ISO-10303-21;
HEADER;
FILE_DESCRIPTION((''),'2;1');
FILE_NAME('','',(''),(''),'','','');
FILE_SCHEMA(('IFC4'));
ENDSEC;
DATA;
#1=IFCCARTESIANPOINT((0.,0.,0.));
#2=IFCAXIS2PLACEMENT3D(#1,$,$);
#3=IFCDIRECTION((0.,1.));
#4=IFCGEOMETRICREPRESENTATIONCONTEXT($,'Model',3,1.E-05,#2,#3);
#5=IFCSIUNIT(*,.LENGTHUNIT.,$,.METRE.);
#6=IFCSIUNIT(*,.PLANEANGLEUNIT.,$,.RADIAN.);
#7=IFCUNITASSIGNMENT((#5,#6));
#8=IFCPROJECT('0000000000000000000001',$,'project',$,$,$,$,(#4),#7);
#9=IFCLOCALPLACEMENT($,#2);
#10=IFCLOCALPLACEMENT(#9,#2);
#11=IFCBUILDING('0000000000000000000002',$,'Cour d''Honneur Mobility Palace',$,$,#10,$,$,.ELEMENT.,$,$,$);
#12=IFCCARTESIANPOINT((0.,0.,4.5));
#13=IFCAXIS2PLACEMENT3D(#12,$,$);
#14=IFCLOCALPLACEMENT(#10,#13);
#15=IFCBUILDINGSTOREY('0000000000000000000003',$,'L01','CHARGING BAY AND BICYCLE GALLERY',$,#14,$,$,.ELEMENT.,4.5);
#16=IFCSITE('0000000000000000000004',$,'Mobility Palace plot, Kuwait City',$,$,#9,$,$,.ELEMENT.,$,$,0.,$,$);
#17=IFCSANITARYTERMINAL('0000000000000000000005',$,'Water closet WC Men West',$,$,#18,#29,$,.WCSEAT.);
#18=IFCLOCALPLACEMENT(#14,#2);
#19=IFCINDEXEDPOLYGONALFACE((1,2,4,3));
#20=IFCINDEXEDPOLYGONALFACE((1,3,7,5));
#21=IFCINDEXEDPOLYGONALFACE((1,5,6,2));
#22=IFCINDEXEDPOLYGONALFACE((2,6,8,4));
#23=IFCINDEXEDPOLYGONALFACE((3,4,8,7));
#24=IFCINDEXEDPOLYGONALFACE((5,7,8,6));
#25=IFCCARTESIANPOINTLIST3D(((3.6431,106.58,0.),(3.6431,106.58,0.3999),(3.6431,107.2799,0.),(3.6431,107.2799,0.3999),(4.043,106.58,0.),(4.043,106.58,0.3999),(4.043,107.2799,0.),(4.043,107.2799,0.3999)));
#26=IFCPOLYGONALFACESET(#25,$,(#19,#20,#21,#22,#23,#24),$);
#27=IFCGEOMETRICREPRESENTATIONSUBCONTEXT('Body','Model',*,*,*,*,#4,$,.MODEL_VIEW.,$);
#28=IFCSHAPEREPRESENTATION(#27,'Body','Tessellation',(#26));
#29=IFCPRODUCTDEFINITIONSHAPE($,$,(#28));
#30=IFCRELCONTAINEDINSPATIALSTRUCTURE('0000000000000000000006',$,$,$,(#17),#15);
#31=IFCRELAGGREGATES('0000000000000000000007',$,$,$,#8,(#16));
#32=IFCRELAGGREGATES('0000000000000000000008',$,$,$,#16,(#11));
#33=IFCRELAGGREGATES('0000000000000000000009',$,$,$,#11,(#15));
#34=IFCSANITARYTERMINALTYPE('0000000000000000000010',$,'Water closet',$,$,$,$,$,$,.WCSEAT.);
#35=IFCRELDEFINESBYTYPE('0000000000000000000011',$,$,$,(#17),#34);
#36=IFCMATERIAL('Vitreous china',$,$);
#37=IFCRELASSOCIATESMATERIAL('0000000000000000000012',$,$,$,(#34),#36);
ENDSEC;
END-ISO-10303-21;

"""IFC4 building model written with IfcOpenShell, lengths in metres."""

from ifc_helpers import new_model, si_unit, direction, frame, origin, origin_2d, place, context, subcontext, project, spatial, rectangle, extrude, material, type_object, element, save


model = new_model("IFC4")

# Units and contexts
model_context = context("Model", 3, precision=1e-05, world=origin(), true_north=direction((0.0, 1.0)))
body_context = subcontext(model_context, "Body", "Model", "MODEL_VIEW")
ifc_project = project(units=[si_unit("LENGTHUNIT", "METRE"), si_unit("PLANEANGLEUNIT", "RADIAN")], contexts=[model_context])

# Site, building, storey
site_placement = place(None, origin())
site = spatial("IfcSite", under=ifc_project, at=site_placement, Name="Mobility Palace plot, Kuwait City", CompositionType="ELEMENT", RefElevation=0.0)
building_placement = place(site_placement, origin())
building = spatial("IfcBuilding", under=site, at=building_placement, Name="Cour d'Honneur Mobility Palace", CompositionType="ELEMENT")
storey_placement = place(building_placement, frame((0.0, 0.0, 4.5)))
storey = spatial("IfcBuildingStorey", under=building, at=storey_placement, Name="L01", Description="CHARGING BAY AND BICYCLE GALLERY", CompositionType="ELEMENT", Elevation=4.5)

# Sanitary terminal
ifc_material_1 = material(Name="Vitreous china")
sanitary_terminal_type_1 = type_object("IfcSanitaryTerminalType", Name="Water closet", PredefinedType="WCSEAT", material=ifc_material_1)
for number, where, z_axis, x_axis, name in (
    (1, (3.843, 106.9299, 0.0), (0.0, 0.0, 1.0), (1.0, 0.0, 0.0), "Water closet WC Men West"),
):
    element("IfcSanitaryTerminal", number, at=place(storey_placement, frame(where, z_axis=z_axis, x_axis=x_axis)), inside=storey, type_object=sanitary_terminal_type_1, Name=name, PredefinedType="WCSEAT", context=body_context, shape_type="SweptSolid", body=[
        extrude(rectangle(XDim=0.3999, YDim=0.7, at=origin_2d()), origin(), (0.0, 0.0, 1.0), 0.3999),
    ])

save(model, "model.ifc")
